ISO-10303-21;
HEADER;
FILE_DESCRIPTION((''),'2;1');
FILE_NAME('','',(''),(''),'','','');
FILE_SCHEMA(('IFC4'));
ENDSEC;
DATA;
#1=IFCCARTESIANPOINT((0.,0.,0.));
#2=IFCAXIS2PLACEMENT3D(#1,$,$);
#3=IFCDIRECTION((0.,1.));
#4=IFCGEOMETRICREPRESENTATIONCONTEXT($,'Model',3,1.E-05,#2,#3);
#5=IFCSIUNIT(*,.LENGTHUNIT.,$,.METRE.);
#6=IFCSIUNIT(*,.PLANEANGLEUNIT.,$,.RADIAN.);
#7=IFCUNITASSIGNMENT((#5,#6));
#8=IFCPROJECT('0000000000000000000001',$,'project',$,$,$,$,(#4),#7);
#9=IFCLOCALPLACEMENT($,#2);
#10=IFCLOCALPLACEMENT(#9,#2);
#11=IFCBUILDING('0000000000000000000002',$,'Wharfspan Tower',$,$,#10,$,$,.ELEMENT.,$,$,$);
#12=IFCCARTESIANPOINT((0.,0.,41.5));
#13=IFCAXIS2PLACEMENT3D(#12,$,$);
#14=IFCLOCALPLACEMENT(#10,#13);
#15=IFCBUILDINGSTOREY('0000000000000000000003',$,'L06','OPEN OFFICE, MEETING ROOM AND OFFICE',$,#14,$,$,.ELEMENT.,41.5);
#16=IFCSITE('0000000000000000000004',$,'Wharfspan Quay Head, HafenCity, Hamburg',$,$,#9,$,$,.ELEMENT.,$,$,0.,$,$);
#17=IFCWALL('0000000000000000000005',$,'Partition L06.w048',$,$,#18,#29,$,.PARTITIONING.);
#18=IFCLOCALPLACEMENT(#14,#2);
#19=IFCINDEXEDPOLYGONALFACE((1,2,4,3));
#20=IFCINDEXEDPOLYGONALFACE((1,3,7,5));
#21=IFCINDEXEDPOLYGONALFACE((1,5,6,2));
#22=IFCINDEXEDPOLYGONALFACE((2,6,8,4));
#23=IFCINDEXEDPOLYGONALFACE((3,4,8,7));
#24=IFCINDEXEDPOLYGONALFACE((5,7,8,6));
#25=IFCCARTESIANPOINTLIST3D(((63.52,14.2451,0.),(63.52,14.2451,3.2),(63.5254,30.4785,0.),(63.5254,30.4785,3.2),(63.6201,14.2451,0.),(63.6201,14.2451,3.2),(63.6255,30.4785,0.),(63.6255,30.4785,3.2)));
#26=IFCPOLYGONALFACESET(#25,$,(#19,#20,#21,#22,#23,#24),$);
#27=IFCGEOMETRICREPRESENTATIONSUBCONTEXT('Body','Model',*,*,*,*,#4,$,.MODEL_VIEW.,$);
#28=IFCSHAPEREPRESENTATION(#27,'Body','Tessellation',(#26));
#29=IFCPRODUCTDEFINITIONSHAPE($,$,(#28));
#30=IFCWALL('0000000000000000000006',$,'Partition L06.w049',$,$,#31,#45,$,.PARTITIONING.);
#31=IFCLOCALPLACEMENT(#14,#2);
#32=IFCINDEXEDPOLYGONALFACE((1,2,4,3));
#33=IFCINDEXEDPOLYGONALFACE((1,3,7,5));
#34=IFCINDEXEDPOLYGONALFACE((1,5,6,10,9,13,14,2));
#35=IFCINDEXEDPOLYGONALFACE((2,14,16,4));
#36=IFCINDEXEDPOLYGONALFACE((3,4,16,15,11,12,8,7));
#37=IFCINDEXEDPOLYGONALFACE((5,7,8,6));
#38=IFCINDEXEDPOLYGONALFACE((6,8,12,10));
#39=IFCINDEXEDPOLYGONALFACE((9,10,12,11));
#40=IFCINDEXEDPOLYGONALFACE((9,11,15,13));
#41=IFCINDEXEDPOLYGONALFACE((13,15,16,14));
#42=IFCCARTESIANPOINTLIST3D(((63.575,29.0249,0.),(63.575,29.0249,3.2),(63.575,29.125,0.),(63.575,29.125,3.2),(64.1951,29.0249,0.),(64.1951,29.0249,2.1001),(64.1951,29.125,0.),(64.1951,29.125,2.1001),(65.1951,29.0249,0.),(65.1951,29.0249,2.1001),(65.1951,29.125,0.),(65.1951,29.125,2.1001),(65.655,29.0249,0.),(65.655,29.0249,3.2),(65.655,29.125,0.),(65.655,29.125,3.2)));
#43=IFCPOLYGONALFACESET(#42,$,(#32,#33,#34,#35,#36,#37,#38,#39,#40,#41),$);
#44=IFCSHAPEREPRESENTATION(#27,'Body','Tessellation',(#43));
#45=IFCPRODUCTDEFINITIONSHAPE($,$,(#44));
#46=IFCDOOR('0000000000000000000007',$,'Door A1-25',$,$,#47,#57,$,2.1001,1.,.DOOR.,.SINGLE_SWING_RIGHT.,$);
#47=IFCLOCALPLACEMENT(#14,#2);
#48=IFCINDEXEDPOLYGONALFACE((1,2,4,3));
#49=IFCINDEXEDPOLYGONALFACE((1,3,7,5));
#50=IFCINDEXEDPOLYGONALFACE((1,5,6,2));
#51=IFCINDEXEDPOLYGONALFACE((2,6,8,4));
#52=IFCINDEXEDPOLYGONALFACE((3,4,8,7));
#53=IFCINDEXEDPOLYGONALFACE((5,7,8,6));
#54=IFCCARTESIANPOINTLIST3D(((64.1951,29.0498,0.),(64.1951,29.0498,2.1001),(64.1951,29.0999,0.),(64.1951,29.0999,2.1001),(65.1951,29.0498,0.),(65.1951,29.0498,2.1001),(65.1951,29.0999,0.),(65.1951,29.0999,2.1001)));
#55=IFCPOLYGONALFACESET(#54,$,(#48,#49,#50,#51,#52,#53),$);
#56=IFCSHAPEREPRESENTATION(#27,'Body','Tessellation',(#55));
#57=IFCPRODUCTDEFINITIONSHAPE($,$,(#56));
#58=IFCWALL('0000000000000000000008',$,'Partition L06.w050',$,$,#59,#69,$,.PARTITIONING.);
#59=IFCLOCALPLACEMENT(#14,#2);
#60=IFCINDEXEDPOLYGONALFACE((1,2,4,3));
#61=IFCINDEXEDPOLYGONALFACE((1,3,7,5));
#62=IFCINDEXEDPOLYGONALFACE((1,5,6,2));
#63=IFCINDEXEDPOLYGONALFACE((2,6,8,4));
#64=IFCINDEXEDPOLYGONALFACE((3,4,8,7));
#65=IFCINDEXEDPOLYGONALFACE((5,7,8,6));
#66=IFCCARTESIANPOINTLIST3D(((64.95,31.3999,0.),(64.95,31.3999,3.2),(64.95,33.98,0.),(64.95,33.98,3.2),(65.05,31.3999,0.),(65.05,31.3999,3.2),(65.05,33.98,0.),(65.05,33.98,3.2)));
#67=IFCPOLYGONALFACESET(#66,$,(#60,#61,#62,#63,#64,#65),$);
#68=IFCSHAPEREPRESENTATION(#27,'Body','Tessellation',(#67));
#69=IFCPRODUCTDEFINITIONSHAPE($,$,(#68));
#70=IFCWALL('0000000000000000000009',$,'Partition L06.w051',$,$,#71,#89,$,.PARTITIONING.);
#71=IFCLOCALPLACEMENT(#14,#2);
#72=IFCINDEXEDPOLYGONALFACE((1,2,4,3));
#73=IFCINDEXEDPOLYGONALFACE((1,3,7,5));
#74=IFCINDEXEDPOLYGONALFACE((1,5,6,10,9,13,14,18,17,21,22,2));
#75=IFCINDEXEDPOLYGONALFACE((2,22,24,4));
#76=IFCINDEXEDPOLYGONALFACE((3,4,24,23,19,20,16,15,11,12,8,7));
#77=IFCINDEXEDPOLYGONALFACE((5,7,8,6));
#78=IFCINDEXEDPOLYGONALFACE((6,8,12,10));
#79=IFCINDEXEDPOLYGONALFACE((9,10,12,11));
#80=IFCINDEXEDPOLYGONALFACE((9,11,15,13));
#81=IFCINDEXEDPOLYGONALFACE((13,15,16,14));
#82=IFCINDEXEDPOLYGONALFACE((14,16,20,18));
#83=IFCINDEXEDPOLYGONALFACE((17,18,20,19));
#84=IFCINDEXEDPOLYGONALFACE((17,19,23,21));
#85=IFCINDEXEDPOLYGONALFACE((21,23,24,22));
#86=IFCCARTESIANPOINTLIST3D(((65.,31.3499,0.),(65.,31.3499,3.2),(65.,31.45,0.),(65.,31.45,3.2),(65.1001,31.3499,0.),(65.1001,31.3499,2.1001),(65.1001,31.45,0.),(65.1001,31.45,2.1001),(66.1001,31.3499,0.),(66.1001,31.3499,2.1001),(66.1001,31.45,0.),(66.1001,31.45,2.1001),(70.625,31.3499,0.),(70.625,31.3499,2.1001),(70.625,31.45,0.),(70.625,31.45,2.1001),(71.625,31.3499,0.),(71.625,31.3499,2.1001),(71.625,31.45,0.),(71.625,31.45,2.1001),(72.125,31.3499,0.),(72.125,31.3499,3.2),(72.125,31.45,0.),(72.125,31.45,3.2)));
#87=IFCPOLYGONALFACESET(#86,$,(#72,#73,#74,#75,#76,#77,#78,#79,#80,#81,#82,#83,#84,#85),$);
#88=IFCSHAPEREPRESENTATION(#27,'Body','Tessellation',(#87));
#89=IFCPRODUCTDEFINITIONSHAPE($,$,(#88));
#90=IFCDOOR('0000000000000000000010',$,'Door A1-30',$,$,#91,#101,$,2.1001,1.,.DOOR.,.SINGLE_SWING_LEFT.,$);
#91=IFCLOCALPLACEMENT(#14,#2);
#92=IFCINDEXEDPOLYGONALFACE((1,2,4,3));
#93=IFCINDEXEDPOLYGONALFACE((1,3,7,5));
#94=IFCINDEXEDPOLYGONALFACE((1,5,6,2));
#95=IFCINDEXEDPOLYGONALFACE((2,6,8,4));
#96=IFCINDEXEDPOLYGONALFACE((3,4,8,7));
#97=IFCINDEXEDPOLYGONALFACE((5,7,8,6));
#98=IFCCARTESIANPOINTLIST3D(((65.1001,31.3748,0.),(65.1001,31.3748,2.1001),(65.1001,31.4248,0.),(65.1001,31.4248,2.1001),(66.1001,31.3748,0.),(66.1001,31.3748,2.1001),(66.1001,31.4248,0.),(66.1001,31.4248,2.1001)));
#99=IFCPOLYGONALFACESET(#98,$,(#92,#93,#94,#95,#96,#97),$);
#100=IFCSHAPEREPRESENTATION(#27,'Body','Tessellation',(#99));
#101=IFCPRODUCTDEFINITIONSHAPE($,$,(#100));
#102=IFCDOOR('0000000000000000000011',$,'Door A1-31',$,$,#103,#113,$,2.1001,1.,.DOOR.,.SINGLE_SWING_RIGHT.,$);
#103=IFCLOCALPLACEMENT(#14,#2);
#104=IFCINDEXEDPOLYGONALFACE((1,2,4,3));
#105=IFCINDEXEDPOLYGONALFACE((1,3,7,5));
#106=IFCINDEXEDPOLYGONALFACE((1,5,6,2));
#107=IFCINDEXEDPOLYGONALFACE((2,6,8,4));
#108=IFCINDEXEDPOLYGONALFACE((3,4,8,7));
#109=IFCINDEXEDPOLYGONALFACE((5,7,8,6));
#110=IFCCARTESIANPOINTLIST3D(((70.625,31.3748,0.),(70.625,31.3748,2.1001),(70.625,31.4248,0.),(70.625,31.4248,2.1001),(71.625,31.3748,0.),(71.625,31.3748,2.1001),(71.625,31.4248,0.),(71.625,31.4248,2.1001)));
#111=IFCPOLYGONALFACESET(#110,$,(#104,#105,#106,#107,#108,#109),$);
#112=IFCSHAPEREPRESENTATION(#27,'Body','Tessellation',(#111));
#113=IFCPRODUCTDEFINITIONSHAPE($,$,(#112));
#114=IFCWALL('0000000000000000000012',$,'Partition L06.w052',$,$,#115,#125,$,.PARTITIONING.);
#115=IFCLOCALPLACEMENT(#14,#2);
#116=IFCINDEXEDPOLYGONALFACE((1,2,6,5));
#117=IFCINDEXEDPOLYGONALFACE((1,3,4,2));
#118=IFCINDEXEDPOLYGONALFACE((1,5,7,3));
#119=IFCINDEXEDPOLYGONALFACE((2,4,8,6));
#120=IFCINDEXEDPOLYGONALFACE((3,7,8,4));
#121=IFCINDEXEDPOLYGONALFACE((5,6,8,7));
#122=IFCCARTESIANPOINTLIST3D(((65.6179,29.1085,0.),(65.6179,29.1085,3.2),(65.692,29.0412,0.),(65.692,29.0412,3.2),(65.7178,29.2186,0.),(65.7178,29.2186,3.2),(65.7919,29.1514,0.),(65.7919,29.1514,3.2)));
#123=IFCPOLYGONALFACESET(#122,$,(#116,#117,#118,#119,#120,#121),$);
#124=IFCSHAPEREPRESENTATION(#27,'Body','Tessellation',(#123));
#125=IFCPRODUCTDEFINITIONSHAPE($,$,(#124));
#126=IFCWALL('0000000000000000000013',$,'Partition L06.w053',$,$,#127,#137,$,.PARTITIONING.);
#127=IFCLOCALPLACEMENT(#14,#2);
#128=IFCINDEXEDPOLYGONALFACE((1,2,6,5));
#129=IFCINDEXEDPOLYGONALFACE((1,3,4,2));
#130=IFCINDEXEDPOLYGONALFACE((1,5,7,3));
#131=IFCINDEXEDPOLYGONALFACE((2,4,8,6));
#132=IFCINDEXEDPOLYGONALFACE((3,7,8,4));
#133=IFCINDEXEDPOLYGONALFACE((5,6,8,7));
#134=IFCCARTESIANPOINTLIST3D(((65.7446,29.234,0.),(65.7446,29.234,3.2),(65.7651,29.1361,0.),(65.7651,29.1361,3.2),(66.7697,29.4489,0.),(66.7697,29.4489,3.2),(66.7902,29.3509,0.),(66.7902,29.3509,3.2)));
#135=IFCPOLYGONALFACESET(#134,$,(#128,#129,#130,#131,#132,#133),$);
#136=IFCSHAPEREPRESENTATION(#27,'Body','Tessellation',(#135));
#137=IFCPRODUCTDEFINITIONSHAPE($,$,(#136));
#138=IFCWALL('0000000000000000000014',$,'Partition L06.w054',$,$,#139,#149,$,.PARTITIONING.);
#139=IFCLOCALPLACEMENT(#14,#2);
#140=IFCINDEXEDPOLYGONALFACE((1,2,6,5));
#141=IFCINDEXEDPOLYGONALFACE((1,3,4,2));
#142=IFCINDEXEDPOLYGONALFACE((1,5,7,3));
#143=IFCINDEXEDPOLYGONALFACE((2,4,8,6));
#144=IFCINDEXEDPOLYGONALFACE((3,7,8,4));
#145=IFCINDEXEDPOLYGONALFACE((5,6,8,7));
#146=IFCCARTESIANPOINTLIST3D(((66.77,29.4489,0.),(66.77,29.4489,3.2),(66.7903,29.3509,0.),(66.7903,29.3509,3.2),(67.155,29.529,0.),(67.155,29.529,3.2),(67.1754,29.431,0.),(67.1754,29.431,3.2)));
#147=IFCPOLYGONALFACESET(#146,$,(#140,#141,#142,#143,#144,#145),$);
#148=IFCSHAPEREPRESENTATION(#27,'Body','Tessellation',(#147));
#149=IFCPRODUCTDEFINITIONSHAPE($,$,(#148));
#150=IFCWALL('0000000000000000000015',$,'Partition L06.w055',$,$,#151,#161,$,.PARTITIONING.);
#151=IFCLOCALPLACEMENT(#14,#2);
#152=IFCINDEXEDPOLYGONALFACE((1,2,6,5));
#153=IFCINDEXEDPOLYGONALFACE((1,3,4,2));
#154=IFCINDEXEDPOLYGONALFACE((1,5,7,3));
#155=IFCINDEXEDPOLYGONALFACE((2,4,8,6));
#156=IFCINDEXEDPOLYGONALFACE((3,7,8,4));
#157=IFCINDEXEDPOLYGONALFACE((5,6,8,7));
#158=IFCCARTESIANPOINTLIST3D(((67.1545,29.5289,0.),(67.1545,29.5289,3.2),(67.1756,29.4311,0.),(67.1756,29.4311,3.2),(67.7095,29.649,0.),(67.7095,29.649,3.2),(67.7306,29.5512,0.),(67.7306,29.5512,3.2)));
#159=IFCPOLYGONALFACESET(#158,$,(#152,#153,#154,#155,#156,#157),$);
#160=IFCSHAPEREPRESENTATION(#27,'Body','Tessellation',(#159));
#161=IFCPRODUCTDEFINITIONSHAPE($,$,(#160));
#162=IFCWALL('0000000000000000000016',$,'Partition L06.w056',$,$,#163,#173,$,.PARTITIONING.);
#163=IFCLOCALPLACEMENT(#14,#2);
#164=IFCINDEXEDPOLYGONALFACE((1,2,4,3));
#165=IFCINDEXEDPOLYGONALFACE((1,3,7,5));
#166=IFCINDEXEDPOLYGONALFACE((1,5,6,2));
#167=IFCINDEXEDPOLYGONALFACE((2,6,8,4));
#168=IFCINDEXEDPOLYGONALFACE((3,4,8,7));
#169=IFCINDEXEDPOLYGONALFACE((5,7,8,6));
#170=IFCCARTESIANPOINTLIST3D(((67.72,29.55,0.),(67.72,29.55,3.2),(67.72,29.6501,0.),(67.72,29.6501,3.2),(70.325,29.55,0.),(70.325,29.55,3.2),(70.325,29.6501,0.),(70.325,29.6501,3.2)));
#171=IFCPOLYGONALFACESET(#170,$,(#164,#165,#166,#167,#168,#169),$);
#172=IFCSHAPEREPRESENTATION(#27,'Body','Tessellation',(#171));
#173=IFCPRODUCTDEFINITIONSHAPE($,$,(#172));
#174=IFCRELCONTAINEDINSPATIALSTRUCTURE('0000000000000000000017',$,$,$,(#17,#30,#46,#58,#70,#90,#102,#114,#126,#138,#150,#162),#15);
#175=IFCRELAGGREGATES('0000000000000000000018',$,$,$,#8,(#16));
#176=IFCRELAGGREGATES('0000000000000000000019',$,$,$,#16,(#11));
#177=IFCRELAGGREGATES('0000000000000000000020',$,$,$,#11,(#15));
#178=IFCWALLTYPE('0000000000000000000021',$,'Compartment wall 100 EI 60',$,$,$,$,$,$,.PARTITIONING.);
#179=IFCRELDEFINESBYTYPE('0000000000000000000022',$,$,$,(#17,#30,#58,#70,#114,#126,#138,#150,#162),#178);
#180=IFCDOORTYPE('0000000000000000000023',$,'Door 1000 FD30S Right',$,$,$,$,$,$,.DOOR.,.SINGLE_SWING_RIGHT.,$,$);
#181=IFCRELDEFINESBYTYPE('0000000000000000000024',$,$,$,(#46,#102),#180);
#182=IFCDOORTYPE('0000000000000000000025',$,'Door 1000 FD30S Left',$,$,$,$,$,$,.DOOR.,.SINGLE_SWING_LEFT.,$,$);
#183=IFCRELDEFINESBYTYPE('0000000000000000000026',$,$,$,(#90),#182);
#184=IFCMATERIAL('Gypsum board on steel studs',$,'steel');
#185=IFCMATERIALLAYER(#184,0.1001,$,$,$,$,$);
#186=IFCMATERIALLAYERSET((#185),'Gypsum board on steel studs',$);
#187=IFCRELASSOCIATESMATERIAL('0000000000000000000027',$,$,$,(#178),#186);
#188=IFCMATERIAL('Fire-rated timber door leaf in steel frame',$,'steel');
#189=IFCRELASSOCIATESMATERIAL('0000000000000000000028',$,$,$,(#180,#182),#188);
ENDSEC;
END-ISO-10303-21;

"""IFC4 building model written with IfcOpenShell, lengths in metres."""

from ifc_helpers import new_model, si_unit, direction, frame, frame_2d, origin, place, context, subcontext, project, spatial, rectangle, extrude, material, layer, layer_set, type_object, element, fill, save


model = new_model("IFC4")

# Units and contexts
model_context = context("Model", 3, precision=1e-05, world=origin(), true_north=direction((0.0, 1.0)))
body_context = subcontext(model_context, "Body", "Model", "MODEL_VIEW")
ifc_project = project(units=[si_unit("LENGTHUNIT", "METRE"), si_unit("PLANEANGLEUNIT", "RADIAN")], contexts=[model_context])

# Site, building, storey
site_placement = place(None, origin())
site = spatial("IfcSite", under=ifc_project, at=site_placement, Name="Wharfspan Quay Head, HafenCity, Hamburg", CompositionType="ELEMENT", RefElevation=0.0)
building_placement = place(site_placement, origin())
building = spatial("IfcBuilding", under=site, at=building_placement, Name="Wharfspan Tower", CompositionType="ELEMENT")
storey_placement = place(building_placement, frame((0.0, 0.0, 41.5)))
storey = spatial("IfcBuildingStorey", under=building, at=storey_placement, Name="L06", Description="OPEN OFFICE, MEETING ROOM AND OFFICE", CompositionType="ELEMENT", Elevation=41.5)

# Wall
ifc_material_1 = material(Name="Gypsum board on steel studs", Category="steel")
ifc_layer_1 = layer(ifc_material_1, 0.1001)
ifc_layer_set_1 = layer_set([ifc_layer_1], Name="Gypsum board on steel studs")
wall_type_1 = type_object("IfcWallType", Name="Compartment wall 100 EI 60", PredefinedType="PARTITIONING", material=ifc_layer_set_1)
wall_1_placement = place(storey_placement, frame((63.5701, 14.2451, 0.0), z_axis=(0.0, 0.0, 1.0), x_axis=(0.000331, 1.000002, 0.0)))
element("IfcWall", 1, at=wall_1_placement, inside=storey, type_object=wall_type_1, Name="Partition L06.w048", PredefinedType="PARTITIONING", context=body_context, shape_type="SweptSolid", body=[
    extrude(rectangle(XDim=16.2334, YDim=0.1001, at=frame_2d((8.1167, 0.0))), origin(), (0.0, 0.0, 1.0), 3.2),
])

# Wall, opening, door
wall_2_placement = place(storey_placement, frame((63.575, 29.075, 0.0), z_axis=(0.0, 0.0, 1.0), x_axis=(1.0, 0.0, 0.0)))
wall_2 = element("IfcWall", 2, at=wall_2_placement, inside=storey, type_object=wall_type_1, Name="Partition L06.w049", PredefinedType="PARTITIONING", context=body_context, shape_type="SweptSolid", body=[
    extrude(rectangle(XDim=2.0801, YDim=0.1001, at=frame_2d((1.04, 0.0))), origin(), (0.0, 0.0, 1.0), 3.2),
])
opening_1_placement = place(wall_2_placement, frame((0.6201, 0.0, 0.0)))
opening_1 = element("IfcOpeningElement", 3, at=opening_1_placement, cuts=wall_2, PredefinedType="OPENING", context=body_context, shape_type="SweptSolid", body=[
    extrude(rectangle(XDim=1.0, YDim=2.1001, at=frame_2d((0.5, 1.05))), frame((0.0, 0.0601, 0.0), z_axis=(0.0, -1.0, 0.0), x_axis=(1.0, 0.0, 0.0)), (0.0, 0.0, 1.0), 0.1201),
])
ifc_material_2 = material(Name="Fire-rated timber door leaf in steel frame", Category="steel")
door_type_1 = type_object("IfcDoorType", Name="Door 1000 FD30S Right", OperationType="SINGLE_SWING_RIGHT", PredefinedType="DOOR", material=ifc_material_2)
door_1_placement = place(opening_1_placement, origin())
door_1 = element("IfcDoor", 4, at=door_1_placement, inside=storey, type_object=door_type_1, Name="Door A1-25", OperationType="SINGLE_SWING_RIGHT", OverallHeight=2.1001, OverallWidth=1.0, PredefinedType="DOOR", context=body_context, shape_type="SweptSolid", body=[
    extrude(rectangle(XDim=1.0, YDim=2.1001, at=frame_2d((0.5, 1.05))), frame((0.0, 0.0249, 0.0), z_axis=(0.0, -1.0, 0.0), x_axis=(1.0, 0.0, 0.0)), (0.0, 0.0, 1.0), 0.05),
])
fill(opening_1, door_1)

# Wall
wall_3_placement = place(storey_placement, frame((65.0, 31.3999, 0.0), z_axis=(0.0, 0.0, 1.0), x_axis=(0.0, 1.0, 0.0)))
element("IfcWall", 5, at=wall_3_placement, inside=storey, type_object=wall_type_1, Name="Partition L06.w050", PredefinedType="PARTITIONING", context=body_context, shape_type="SweptSolid", body=[
    extrude(rectangle(XDim=2.5801, YDim=0.1001, at=frame_2d((1.29, 0.0))), origin(), (0.0, 0.0, 1.0), 3.2),
])

# Wall, openings, doors
wall_4_placement = place(storey_placement, frame((65.0, 31.3999, 0.0), z_axis=(0.0, 0.0, 1.0), x_axis=(1.0, 0.0, 0.0)))
wall_4 = element("IfcWall", 6, at=wall_4_placement, inside=storey, type_object=wall_type_1, Name="Partition L06.w051", PredefinedType="PARTITIONING", context=body_context, shape_type="SweptSolid", body=[
    extrude(rectangle(XDim=7.125, YDim=0.1001, at=frame_2d((3.5625, 0.0))), origin(), (0.0, 0.0, 1.0), 3.2),
])
opening_2_placement = place(wall_4_placement, frame((0.1001, 0.0, 0.0)))
opening_2 = element("IfcOpeningElement", 7, at=opening_2_placement, cuts=wall_4, PredefinedType="OPENING", context=body_context, shape_type="SweptSolid", body=[
    extrude(rectangle(XDim=1.0, YDim=2.1001, at=frame_2d((0.5, 1.05))), frame((0.0, 0.0601, 0.0), z_axis=(0.0, -1.0, 0.0), x_axis=(1.0, 0.0, 0.0)), (0.0, 0.0, 1.0), 0.1201),
])
opening_3_placement = place(wall_4_placement, frame((5.625, 0.0, 0.0)))
opening_3 = element("IfcOpeningElement", 8, at=opening_3_placement, cuts=wall_4, PredefinedType="OPENING", context=body_context, shape_type="SweptSolid", body=[
    extrude(rectangle(XDim=1.0, YDim=2.1001, at=frame_2d((0.5, 1.05))), frame((0.0, 0.0601, 0.0), z_axis=(0.0, -1.0, 0.0), x_axis=(1.0, 0.0, 0.0)), (0.0, 0.0, 1.0), 0.1201),
])
door_type_2 = type_object("IfcDoorType", Name="Door 1000 FD30S Left", OperationType="SINGLE_SWING_LEFT", PredefinedType="DOOR", material=ifc_material_2)
door_2_placement = place(opening_2_placement, origin())
door_2 = element("IfcDoor", 9, at=door_2_placement, inside=storey, type_object=door_type_2, Name="Door A1-30", OperationType="SINGLE_SWING_LEFT", OverallHeight=2.1001, OverallWidth=1.0, PredefinedType="DOOR", context=body_context, shape_type="SweptSolid", body=[
    extrude(rectangle(XDim=1.0, YDim=2.1001, at=frame_2d((0.5, 1.05))), frame((0.0, 0.0249, 0.0), z_axis=(0.0, -1.0, 0.0), x_axis=(1.0, 0.0, 0.0)), (0.0, 0.0, 1.0), 0.05),
])
fill(opening_2, door_2)
door_3_placement = place(opening_3_placement, origin())
door_3 = element("IfcDoor", 10, at=door_3_placement, inside=storey, type_object=door_type_1, Name="Door A1-31", OperationType="SINGLE_SWING_RIGHT", OverallHeight=2.1001, OverallWidth=1.0, PredefinedType="DOOR", context=body_context, shape_type="SweptSolid", body=[
    extrude(rectangle(XDim=1.0, YDim=2.1001, at=frame_2d((0.5, 1.05))), frame((0.0, 0.0249, 0.0), z_axis=(0.0, -1.0, 0.0), x_axis=(1.0, 0.0, 0.0)), (0.0, 0.0, 1.0), 0.05),
])
fill(opening_3, door_3)

# Walls
wall_5_placement = place(storey_placement, frame((65.655, 29.075, 0.0), z_axis=(0.0, 0.0, 1.0), x_axis=(0.671773, 0.740757, 0.0)))
element("IfcWall", 11, at=wall_5_placement, inside=storey, type_object=wall_type_1, Name="Partition L06.w052", PredefinedType="PARTITIONING", context=body_context, shape_type="SweptSolid", body=[
    extrude(rectangle(XDim=0.1487, YDim=0.1001, at=frame_2d((0.0742, 0.0))), origin(), (0.0, 0.0, 1.0), 3.2),
])
wall_6_placement = place(storey_placement, frame((65.7549, 29.1851, 0.0), z_axis=(0.0, 0.0, 1.0), x_axis=(0.978739, 0.205118, 0.0)))
element("IfcWall", 12, at=wall_6_placement, inside=storey, type_object=wall_type_1, Name="Partition L06.w053", PredefinedType="PARTITIONING", context=body_context, shape_type="SweptSolid", body=[
    extrude(rectangle(XDim=1.0474, YDim=0.1001, at=frame_2d((0.5237, 0.0))), origin(), (0.0, 0.0, 1.0), 3.2),
])
wall_7_placement = place(storey_placement, frame((66.78, 29.3999, 0.0), z_axis=(0.0, 0.0, 1.0), x_axis=(0.979048, 0.203632, 0.0)))
element("IfcWall", 13, at=wall_7_placement, inside=storey, type_object=wall_type_1, Name="Partition L06.w054", PredefinedType="PARTITIONING", context=body_context, shape_type="SweptSolid", body=[
    extrude(rectangle(XDim=0.3933, YDim=0.1001, at=frame_2d((0.1968, 0.0))), origin(), (0.0, 0.0, 1.0), 3.2),
])
wall_8_placement = place(storey_placement, frame((67.165, 29.48, 0.0), z_axis=(0.0, 0.0, 1.0), x_axis=(0.977367, 0.211555, 0.0)))
element("IfcWall", 14, at=wall_8_placement, inside=storey, type_object=wall_type_1, Name="Partition L06.w055", PredefinedType="PARTITIONING", context=body_context, shape_type="SweptSolid", body=[
    extrude(rectangle(XDim=0.5679, YDim=0.1001, at=frame_2d((0.2839, 0.0))), origin(), (0.0, 0.0, 1.0), 3.2),
])
wall_9_placement = place(storey_placement, frame((67.72, 29.6001, 0.0), z_axis=(0.0, 0.0, 1.0), x_axis=(1.0, 0.0, 0.0)))
element("IfcWall", 15, at=wall_9_placement, inside=storey, type_object=wall_type_1, Name="Partition L06.w056", PredefinedType="PARTITIONING", context=body_context, shape_type="SweptSolid", body=[
    extrude(rectangle(XDim=2.605, YDim=0.1001, at=frame_2d((1.3025, 0.0))), origin(), (0.0, 0.0, 1.0), 3.2),
])

save(model, "model.ifc")
